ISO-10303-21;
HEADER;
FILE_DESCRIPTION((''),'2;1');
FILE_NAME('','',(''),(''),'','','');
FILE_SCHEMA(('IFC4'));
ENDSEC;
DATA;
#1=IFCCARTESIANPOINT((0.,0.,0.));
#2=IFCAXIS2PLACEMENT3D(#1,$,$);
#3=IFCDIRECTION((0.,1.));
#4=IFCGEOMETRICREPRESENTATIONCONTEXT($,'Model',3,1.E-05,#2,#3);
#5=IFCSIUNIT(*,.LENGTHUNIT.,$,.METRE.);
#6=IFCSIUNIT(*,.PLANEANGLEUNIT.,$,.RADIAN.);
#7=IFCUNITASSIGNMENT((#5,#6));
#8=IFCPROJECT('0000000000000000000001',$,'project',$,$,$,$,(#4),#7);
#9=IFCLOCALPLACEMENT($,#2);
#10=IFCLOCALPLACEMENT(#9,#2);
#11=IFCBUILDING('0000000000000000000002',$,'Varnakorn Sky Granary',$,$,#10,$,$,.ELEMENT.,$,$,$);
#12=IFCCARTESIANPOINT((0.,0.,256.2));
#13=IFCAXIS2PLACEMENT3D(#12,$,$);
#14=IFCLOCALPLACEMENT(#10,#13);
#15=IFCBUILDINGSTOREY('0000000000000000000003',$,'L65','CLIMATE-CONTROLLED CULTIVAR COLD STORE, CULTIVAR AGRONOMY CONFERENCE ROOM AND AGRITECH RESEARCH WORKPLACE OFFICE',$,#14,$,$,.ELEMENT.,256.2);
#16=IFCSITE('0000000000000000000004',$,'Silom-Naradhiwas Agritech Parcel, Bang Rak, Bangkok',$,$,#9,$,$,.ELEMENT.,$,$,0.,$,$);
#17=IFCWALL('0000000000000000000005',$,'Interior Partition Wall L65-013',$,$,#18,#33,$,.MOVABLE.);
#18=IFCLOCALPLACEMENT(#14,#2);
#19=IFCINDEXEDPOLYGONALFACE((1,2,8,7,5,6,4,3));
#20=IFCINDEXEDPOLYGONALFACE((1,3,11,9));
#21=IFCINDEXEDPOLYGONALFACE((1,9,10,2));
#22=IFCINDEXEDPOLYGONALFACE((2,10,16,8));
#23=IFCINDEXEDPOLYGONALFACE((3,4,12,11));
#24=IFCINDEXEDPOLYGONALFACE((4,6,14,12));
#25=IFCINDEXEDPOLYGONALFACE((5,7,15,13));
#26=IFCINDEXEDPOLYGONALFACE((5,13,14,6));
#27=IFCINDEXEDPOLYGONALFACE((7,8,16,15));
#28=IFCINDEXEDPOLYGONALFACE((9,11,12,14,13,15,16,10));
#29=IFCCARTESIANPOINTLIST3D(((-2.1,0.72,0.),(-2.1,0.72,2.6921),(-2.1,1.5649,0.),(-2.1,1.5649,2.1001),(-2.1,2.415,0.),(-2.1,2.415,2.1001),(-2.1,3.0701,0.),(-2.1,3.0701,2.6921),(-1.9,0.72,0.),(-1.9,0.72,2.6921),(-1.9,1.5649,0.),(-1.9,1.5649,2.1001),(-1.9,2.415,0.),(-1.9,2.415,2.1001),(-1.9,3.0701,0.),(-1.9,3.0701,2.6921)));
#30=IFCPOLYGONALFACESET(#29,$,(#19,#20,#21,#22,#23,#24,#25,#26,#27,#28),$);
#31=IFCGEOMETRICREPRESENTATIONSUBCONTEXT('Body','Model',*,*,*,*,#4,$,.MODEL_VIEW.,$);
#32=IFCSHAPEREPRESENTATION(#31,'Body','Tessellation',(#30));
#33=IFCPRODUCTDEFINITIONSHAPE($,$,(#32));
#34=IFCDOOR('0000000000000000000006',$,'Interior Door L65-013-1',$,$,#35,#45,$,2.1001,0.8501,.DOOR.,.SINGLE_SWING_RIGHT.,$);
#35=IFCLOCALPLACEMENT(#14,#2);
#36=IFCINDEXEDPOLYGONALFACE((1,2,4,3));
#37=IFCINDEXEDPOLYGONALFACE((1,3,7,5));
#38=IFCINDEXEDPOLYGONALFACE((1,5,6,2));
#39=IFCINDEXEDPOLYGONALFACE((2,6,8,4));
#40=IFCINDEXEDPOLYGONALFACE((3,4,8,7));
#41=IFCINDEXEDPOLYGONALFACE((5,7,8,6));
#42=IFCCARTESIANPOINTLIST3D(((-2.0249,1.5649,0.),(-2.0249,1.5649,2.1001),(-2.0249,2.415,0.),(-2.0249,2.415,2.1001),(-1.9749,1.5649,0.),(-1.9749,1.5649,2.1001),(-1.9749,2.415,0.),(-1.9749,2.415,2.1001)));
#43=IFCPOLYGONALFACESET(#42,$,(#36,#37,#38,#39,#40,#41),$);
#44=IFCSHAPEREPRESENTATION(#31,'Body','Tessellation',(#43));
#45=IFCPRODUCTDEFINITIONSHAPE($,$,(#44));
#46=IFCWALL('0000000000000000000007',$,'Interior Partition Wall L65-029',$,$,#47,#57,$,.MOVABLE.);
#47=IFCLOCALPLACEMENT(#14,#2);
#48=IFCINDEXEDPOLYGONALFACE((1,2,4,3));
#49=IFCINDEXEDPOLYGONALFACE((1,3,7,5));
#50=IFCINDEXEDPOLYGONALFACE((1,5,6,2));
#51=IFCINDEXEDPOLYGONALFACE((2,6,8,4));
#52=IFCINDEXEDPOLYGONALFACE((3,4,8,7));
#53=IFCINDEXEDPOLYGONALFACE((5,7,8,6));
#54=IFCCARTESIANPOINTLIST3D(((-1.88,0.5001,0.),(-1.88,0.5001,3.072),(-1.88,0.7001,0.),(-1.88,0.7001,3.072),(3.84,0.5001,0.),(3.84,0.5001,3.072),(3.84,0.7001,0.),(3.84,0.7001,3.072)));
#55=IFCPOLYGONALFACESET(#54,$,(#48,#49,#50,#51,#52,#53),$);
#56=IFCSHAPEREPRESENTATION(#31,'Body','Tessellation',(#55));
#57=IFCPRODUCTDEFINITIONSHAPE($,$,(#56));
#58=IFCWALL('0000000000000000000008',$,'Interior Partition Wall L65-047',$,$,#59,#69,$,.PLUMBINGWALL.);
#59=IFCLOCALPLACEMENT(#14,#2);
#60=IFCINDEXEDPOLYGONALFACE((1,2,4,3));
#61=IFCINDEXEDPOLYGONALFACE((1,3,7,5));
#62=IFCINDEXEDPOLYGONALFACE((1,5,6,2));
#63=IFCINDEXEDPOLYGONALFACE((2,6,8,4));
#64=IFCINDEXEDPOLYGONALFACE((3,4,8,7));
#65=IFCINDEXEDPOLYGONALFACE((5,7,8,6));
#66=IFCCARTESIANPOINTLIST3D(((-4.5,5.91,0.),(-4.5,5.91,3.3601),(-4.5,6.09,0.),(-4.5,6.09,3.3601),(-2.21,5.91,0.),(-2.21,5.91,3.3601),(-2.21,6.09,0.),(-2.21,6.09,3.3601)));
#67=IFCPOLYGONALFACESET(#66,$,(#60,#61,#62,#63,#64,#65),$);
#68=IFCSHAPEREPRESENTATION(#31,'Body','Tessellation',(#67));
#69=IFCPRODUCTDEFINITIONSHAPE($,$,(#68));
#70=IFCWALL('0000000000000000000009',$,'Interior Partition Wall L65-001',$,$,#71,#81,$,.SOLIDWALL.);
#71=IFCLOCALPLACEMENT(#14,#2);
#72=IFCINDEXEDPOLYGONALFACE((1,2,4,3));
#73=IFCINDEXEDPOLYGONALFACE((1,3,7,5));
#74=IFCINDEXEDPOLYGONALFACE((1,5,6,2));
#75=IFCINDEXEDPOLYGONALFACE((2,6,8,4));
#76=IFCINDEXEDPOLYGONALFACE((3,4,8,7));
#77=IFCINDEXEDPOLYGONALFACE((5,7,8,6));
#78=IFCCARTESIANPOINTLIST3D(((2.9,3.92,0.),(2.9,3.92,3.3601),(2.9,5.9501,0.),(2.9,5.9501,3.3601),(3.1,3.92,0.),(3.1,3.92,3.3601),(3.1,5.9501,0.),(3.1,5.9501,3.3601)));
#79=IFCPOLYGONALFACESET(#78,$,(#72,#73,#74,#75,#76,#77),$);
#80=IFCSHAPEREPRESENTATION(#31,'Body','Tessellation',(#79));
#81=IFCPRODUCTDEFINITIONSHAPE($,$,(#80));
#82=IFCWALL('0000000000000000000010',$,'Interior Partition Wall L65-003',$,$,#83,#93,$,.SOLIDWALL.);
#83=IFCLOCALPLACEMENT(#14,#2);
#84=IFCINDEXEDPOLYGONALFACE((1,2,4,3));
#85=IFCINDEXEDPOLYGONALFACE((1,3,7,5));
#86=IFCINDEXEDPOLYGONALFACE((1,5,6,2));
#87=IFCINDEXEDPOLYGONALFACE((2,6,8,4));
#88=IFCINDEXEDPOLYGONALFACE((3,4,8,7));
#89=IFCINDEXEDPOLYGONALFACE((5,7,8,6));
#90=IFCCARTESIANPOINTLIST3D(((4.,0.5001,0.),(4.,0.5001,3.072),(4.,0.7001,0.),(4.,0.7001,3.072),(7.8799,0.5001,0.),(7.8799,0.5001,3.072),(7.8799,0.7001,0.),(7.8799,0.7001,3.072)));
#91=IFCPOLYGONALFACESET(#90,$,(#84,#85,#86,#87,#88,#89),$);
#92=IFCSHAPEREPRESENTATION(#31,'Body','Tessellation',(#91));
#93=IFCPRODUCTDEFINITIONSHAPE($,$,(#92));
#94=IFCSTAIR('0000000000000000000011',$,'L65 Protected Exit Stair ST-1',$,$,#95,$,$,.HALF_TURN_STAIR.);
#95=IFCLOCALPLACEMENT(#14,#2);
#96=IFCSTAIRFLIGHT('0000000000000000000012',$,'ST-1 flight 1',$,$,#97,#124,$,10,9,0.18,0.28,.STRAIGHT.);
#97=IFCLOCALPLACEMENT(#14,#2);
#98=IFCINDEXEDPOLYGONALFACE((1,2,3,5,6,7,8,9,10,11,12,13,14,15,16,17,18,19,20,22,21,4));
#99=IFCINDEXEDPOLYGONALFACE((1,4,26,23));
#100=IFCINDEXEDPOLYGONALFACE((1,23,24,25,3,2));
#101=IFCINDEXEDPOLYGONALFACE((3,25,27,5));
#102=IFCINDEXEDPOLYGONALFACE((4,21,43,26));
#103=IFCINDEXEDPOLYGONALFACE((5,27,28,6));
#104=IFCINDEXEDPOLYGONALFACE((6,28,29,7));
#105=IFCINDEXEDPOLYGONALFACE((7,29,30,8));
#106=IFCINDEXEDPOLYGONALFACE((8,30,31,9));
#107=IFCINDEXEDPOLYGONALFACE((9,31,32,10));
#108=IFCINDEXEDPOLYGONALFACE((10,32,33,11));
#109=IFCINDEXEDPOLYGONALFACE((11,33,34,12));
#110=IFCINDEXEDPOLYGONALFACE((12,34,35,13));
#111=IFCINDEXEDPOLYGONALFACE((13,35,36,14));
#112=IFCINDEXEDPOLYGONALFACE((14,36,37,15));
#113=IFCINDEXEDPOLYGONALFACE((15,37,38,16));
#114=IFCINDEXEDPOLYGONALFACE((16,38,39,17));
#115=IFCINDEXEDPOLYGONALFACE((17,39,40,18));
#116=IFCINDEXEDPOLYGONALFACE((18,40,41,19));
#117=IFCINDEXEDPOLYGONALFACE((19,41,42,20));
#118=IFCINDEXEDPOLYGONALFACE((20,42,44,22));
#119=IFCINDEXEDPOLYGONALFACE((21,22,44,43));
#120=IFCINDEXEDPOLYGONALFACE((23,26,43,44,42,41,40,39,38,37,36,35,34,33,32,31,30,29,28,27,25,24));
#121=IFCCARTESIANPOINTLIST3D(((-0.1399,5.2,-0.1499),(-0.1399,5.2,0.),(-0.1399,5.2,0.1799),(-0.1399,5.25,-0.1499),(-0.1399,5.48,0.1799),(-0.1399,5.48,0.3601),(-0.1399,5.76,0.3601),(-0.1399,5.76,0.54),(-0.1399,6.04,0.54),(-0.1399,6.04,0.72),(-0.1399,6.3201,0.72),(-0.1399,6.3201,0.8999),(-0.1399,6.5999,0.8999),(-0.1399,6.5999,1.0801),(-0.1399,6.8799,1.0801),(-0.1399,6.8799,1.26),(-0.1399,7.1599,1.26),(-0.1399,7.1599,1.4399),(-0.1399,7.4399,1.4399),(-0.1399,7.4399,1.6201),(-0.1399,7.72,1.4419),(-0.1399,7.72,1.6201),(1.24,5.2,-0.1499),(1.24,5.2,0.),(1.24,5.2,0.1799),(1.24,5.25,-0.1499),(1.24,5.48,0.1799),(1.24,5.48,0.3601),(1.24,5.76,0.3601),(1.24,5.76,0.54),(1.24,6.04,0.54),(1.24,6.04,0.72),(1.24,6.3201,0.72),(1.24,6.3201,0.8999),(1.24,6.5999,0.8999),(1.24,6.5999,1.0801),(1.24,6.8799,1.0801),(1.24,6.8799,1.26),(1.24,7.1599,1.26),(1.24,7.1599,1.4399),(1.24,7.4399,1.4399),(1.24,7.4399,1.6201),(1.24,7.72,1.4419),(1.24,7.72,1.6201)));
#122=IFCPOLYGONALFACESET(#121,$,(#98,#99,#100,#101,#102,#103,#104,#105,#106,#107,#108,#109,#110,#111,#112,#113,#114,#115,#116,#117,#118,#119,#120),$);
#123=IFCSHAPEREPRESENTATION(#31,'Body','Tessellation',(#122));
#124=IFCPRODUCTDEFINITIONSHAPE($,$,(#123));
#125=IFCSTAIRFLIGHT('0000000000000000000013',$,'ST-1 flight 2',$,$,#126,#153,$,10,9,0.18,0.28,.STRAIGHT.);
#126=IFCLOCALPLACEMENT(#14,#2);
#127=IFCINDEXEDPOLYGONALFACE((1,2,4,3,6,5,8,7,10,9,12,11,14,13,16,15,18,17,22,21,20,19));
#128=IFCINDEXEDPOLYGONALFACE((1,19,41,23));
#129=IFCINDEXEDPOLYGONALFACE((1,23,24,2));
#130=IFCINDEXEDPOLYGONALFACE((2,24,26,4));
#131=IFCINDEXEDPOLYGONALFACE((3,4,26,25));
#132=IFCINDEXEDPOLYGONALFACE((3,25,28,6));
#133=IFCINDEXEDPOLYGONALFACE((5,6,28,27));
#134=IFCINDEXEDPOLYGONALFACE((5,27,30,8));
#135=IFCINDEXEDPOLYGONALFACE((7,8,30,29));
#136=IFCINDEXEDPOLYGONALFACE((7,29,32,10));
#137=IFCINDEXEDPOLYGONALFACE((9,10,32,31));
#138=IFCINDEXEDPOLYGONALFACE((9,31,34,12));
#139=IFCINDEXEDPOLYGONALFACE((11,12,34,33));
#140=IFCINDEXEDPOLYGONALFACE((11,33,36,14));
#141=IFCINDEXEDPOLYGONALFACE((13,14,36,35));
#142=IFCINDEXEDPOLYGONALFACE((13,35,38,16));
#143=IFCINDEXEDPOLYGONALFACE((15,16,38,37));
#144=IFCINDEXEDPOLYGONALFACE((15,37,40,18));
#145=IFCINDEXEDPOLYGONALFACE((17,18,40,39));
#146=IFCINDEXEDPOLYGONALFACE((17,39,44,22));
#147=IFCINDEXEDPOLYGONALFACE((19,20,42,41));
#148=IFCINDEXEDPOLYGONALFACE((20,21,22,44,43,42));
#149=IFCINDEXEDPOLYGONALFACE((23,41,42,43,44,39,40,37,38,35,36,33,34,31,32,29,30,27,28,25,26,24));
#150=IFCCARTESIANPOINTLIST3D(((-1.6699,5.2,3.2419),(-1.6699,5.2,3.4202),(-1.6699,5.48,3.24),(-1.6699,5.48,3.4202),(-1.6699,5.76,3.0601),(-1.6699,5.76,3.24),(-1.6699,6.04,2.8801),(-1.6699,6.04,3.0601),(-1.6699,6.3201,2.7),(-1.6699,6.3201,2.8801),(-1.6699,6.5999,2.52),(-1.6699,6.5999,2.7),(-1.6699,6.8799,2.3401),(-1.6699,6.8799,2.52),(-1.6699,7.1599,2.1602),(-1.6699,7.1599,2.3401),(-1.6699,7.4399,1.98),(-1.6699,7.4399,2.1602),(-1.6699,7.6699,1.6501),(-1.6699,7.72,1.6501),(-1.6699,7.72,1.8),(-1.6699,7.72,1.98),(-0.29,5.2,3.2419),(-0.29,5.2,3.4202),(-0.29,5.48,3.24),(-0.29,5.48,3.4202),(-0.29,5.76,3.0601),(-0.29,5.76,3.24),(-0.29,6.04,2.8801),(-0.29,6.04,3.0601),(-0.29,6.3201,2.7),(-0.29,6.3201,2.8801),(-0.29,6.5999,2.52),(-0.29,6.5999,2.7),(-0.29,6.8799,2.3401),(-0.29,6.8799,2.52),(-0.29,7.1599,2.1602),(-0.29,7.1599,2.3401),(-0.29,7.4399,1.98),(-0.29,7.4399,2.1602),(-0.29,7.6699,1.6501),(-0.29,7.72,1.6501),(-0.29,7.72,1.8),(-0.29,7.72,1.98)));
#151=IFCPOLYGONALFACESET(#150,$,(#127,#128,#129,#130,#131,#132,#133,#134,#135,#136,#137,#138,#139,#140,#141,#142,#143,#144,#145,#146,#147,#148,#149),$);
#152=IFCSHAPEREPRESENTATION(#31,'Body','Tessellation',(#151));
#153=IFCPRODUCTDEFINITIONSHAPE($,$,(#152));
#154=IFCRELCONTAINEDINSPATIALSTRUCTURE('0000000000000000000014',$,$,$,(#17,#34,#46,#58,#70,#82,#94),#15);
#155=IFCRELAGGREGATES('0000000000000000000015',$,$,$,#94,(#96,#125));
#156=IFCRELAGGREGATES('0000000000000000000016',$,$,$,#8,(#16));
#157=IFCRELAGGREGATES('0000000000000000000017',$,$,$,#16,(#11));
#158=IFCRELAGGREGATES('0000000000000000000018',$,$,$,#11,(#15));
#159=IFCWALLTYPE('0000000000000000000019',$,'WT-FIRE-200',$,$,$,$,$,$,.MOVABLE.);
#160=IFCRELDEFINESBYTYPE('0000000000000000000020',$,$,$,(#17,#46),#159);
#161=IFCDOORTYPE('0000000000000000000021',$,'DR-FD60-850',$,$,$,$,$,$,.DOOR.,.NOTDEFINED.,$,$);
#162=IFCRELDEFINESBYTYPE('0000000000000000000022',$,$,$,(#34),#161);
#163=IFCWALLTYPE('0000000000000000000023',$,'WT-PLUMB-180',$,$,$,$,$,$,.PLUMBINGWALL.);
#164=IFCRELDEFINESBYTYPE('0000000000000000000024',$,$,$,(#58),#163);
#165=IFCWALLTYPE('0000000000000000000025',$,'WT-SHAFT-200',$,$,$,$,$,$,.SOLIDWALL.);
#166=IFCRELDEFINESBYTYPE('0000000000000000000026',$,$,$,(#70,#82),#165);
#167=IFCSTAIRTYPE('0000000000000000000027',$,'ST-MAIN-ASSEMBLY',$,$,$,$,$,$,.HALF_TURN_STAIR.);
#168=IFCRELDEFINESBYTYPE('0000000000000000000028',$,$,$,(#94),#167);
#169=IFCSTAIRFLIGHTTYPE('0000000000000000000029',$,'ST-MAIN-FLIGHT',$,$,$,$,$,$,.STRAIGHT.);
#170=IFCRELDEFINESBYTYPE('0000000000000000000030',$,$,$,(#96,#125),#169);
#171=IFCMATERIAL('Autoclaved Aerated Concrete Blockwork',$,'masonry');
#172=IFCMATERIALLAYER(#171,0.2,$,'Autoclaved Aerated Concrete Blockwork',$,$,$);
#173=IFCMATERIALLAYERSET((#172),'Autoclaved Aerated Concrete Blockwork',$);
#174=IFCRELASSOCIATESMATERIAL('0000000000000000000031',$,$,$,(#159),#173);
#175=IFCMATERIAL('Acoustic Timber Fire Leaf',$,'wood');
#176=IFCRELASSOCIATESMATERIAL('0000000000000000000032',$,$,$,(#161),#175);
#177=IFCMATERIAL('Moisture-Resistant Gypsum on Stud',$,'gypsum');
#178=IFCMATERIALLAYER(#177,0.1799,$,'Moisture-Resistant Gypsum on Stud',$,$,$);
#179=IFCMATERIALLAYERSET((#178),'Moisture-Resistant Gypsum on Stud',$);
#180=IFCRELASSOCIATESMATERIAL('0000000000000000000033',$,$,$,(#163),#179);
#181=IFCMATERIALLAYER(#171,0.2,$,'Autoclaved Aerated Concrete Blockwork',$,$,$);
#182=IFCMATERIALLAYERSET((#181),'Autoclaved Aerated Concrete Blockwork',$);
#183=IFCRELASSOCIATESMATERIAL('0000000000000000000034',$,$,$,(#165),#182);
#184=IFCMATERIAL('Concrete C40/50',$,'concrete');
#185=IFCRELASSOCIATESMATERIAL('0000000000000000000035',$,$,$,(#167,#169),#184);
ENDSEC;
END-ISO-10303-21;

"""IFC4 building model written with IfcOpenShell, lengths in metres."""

from ifc_helpers import new_model, si_unit, direction, frame, frame_2d, origin, place, context, subcontext, project, spatial, polyline, rectangle, outline, extrude, material, layer, layer_set, type_object, element, fill, aggregate, save


model = new_model("IFC4")

# Units and contexts
model_context = context("Model", 3, precision=1e-05, world=origin(), true_north=direction((0.0, 1.0)))
body_context = subcontext(model_context, "Body", "Model", "MODEL_VIEW")
ifc_project = project(units=[si_unit("LENGTHUNIT", "METRE"), si_unit("PLANEANGLEUNIT", "RADIAN")], contexts=[model_context])

# Site, building, storey
site_placement = place(None, origin())
site = spatial("IfcSite", under=ifc_project, at=site_placement, Name="Silom-Naradhiwas Agritech Parcel, Bang Rak, Bangkok", CompositionType="ELEMENT", RefElevation=0.0)
building_placement = place(site_placement, origin())
building = spatial("IfcBuilding", under=site, at=building_placement, Name="Varnakorn Sky Granary", CompositionType="ELEMENT")
storey_placement = place(building_placement, frame((0.0, 0.0, 256.2)))
storey = spatial("IfcBuildingStorey", under=building, at=storey_placement, Name="L65", Description="CLIMATE-CONTROLLED CULTIVAR COLD STORE, CULTIVAR AGRONOMY CONFERENCE ROOM AND AGRITECH RESEARCH WORKPLACE OFFICE", CompositionType="ELEMENT", Elevation=256.2)

# Shared definitions
ifc_material_1 = material(Name="Autoclaved Aerated Concrete Blockwork", Category="masonry")
ifc_layer_1 = layer(ifc_material_1, 0.2, Name="Autoclaved Aerated Concrete Blockwork")
ifc_layer_set_1 = layer_set([ifc_layer_1], Name="Autoclaved Aerated Concrete Blockwork")
wall_type_1 = type_object("IfcWallType", Name="WT-FIRE-200", PredefinedType="MOVABLE", material=ifc_layer_set_1)
ifc_material_2 = material(Name="Acoustic Timber Fire Leaf", Category="wood")
door_type_1 = type_object("IfcDoorType", Name="DR-FD60-850", OperationType="NOTDEFINED", PredefinedType="DOOR", material=ifc_material_2)

# Wall, opening, door
wall_1_placement = place(storey_placement, frame((-2.0, 0.72, 0.0), z_axis=(0.0, 0.0, 1.0), x_axis=(0.0, 1.0, 0.0)))
wall_1 = element("IfcWall", 1, at=wall_1_placement, inside=storey, type_object=wall_type_1, Name="Interior Partition Wall L65-013", PredefinedType="MOVABLE", context=body_context, shape_type="SweptSolid", body=[
    extrude(rectangle(XDim=2.3501, YDim=0.2, at=frame_2d((1.175, 0.0))), origin(), (0.0, 0.0, 1.0), 2.6921),
])
opening_1_placement = place(wall_1_placement, frame((0.845, 0.0, 0.0)))
opening_1 = element("IfcOpeningElement", 2, at=opening_1_placement, cuts=wall_1, PredefinedType="OPENING", context=body_context, shape_type="SweptSolid", body=[
    extrude(rectangle(XDim=0.8501, YDim=2.1001, at=frame_2d((0.425, 1.05))), frame((0.0, 0.1099, 0.0), z_axis=(0.0, -1.0, 0.0), x_axis=(1.0, 0.0, 0.0)), (0.0, 0.0, 1.0), 0.22),
])
door_1_placement = place(opening_1_placement, origin())
door_1 = element("IfcDoor", 3, at=door_1_placement, inside=storey, type_object=door_type_1, Name="Interior Door L65-013-1", OperationType="SINGLE_SWING_RIGHT", OverallHeight=2.1001, OverallWidth=0.8501, PredefinedType="DOOR", context=body_context, shape_type="SweptSolid", body=[
    extrude(rectangle(XDim=0.8501, YDim=2.1001, at=frame_2d((0.425, 1.05))), frame((0.0, 0.0249, 0.0), z_axis=(0.0, -1.0, 0.0), x_axis=(1.0, 0.0, 0.0)), (0.0, 0.0, 1.0), 0.05),
])
fill(opening_1, door_1)

# Walls
wall_2_placement = place(storey_placement, frame((-1.8799, 0.6001, 0.0), z_axis=(0.0, 0.0, 1.0), x_axis=(1.0, 0.0, 0.0)))
element("IfcWall", 4, at=wall_2_placement, inside=storey, type_object=wall_type_1, Name="Interior Partition Wall L65-029", PredefinedType="MOVABLE", context=body_context, shape_type="SweptSolid", body=[
    extrude(rectangle(XDim=5.72, YDim=0.2, at=frame_2d((2.8599, 0.0))), origin(), (0.0, 0.0, 1.0), 3.072),
])
ifc_material_3 = material(Name="Moisture-Resistant Gypsum on Stud", Category="gypsum")
ifc_layer_2 = layer(ifc_material_3, 0.1799, Name="Moisture-Resistant Gypsum on Stud")
ifc_layer_set_2 = layer_set([ifc_layer_2], Name="Moisture-Resistant Gypsum on Stud")
wall_type_2 = type_object("IfcWallType", Name="WT-PLUMB-180", PredefinedType="PLUMBINGWALL", material=ifc_layer_set_2)
wall_3_placement = place(storey_placement, frame((-2.21, 6.0, 0.0), z_axis=(0.0, 0.0, 1.0), x_axis=(-1.0, 0.0, 0.0)))
element("IfcWall", 5, at=wall_3_placement, inside=storey, type_object=wall_type_2, Name="Interior Partition Wall L65-047", PredefinedType="PLUMBINGWALL", context=body_context, shape_type="SweptSolid", body=[
    extrude(rectangle(XDim=2.29, YDim=0.1799, at=frame_2d((1.145, 0.0))), origin(), (0.0, 0.0, 1.0), 3.3601),
])
ifc_layer_3 = layer(ifc_material_1, 0.2, Name="Autoclaved Aerated Concrete Blockwork")
ifc_layer_set_3 = layer_set([ifc_layer_3], Name="Autoclaved Aerated Concrete Blockwork")
wall_type_3 = type_object("IfcWallType", Name="WT-SHAFT-200", PredefinedType="SOLIDWALL", material=ifc_layer_set_3)
wall_4_placement = place(storey_placement, frame((3.0, 3.9199, 0.0), z_axis=(0.0, 0.0, 1.0), x_axis=(0.0, 1.0, 0.0)))
element("IfcWall", 6, at=wall_4_placement, inside=storey, type_object=wall_type_3, Name="Interior Partition Wall L65-001", PredefinedType="SOLIDWALL", context=body_context, shape_type="SweptSolid", body=[
    extrude(rectangle(XDim=2.03, YDim=0.2, at=frame_2d((1.0151, 0.0))), origin(), (0.0, 0.0, 1.0), 3.3601),
])
wall_5_placement = place(storey_placement, frame((4.0, 0.6001, 0.0), z_axis=(0.0, 0.0, 1.0), x_axis=(1.0, 0.0, 0.0)))
element("IfcWall", 7, at=wall_5_placement, inside=storey, type_object=wall_type_3, Name="Interior Partition Wall L65-003", PredefinedType="SOLIDWALL", context=body_context, shape_type="SweptSolid", body=[
    extrude(rectangle(XDim=3.8799, YDim=0.2, at=frame_2d((1.9399, 0.0))), origin(), (0.0, 0.0, 1.0), 3.072),
])

# Stair, stair flights
ifc_material_4 = material(Name="Concrete C40/50", Category="concrete")
stair_type = type_object("IfcStairType", Name="ST-MAIN-ASSEMBLY", PredefinedType="HALF_TURN_STAIR", material=ifc_material_4)
stair_placement = place(storey_placement, origin())
stair = element("IfcStair", 8, at=stair_placement, inside=storey, type_object=stair_type, Name="L65 Protected Exit Stair ST-1", PredefinedType="HALF_TURN_STAIR")
stair_flight_type = type_object("IfcStairFlightType", Name="ST-MAIN-FLIGHT", PredefinedType="STRAIGHT", material=ifc_material_4)
stair_flight_1_placement = place(storey_placement, frame((0.55, 5.2, 0.0), z_axis=(0.0, 0.0, 1.0), x_axis=(0.0, 1.0, 0.0)))
stair_flight_1 = element("IfcStairFlight", 9, at=stair_flight_1_placement, type_object=stair_flight_type, Name="ST-1 flight 1", NumberOfRisers=10, NumberOfTreads=9, PredefinedType="STRAIGHT", RiserHeight=0.18, TreadLength=0.28, context=body_context, shape_type="SweptSolid", body=[
    extrude(outline(polyline([(0.0, -0.1499), (0.0, 0.0), (0.0, 0.1799), (0.28, 0.1799), (0.28, 0.3601), (0.5601, 0.3601), (0.5601, 0.54), (0.8401, 0.54), (0.8401, 0.72), (1.1201, 0.72), (1.1201, 0.8999), (1.3999, 0.8999), (1.3999, 1.0801), (1.6799, 1.0801), (1.6799, 1.26), (1.96, 1.26), (1.96, 1.4399), (2.24, 1.4399), (2.24, 1.6201), (2.52, 1.6201), (2.52, 1.8), (2.52, 1.4419), (0.05, -0.1499), (0.0, -0.1499)])), frame((0.0, 0.6899, 0.0), z_axis=(0.0, -1.0, 0.0), x_axis=(1.0, 0.0, 0.0)), (0.0, 0.0, 1.0), 1.3799),
])
stair_flight_2_placement = place(storey_placement, frame((-0.98, 7.72, 1.8), z_axis=(0.0, 0.0, 1.0), x_axis=(0.0, -1.0, 0.0)))
stair_flight_2 = element("IfcStairFlight", 10, at=stair_flight_2_placement, type_object=stair_flight_type, Name="ST-1 flight 2", NumberOfRisers=10, NumberOfTreads=9, PredefinedType="STRAIGHT", RiserHeight=0.18, TreadLength=0.28, context=body_context, shape_type="SweptSolid", body=[
    extrude(outline(polyline([(0.0, -0.1499), (0.0, 0.0), (0.0, 0.1799), (0.28, 0.1799), (0.28, 0.3601), (0.5601, 0.3601), (0.5601, 0.54), (0.8401, 0.54), (0.8401, 0.72), (1.1201, 0.72), (1.1201, 0.8999), (1.3999, 0.8999), (1.3999, 1.0801), (1.6799, 1.0801), (1.6799, 1.26), (1.96, 1.26), (1.96, 1.4399), (2.24, 1.4399), (2.24, 1.6201), (2.52, 1.6201), (2.52, 1.8), (2.52, 1.4419), (0.05, -0.1499), (0.0, -0.1499)])), frame((0.0, 0.6899, 0.0), z_axis=(0.0, -1.0, 0.0), x_axis=(1.0, 0.0, 0.0)), (0.0, 0.0, 1.0), 1.3799),
])
aggregate(stair, [stair_flight_1, stair_flight_2])

save(model, "model.ifc")
